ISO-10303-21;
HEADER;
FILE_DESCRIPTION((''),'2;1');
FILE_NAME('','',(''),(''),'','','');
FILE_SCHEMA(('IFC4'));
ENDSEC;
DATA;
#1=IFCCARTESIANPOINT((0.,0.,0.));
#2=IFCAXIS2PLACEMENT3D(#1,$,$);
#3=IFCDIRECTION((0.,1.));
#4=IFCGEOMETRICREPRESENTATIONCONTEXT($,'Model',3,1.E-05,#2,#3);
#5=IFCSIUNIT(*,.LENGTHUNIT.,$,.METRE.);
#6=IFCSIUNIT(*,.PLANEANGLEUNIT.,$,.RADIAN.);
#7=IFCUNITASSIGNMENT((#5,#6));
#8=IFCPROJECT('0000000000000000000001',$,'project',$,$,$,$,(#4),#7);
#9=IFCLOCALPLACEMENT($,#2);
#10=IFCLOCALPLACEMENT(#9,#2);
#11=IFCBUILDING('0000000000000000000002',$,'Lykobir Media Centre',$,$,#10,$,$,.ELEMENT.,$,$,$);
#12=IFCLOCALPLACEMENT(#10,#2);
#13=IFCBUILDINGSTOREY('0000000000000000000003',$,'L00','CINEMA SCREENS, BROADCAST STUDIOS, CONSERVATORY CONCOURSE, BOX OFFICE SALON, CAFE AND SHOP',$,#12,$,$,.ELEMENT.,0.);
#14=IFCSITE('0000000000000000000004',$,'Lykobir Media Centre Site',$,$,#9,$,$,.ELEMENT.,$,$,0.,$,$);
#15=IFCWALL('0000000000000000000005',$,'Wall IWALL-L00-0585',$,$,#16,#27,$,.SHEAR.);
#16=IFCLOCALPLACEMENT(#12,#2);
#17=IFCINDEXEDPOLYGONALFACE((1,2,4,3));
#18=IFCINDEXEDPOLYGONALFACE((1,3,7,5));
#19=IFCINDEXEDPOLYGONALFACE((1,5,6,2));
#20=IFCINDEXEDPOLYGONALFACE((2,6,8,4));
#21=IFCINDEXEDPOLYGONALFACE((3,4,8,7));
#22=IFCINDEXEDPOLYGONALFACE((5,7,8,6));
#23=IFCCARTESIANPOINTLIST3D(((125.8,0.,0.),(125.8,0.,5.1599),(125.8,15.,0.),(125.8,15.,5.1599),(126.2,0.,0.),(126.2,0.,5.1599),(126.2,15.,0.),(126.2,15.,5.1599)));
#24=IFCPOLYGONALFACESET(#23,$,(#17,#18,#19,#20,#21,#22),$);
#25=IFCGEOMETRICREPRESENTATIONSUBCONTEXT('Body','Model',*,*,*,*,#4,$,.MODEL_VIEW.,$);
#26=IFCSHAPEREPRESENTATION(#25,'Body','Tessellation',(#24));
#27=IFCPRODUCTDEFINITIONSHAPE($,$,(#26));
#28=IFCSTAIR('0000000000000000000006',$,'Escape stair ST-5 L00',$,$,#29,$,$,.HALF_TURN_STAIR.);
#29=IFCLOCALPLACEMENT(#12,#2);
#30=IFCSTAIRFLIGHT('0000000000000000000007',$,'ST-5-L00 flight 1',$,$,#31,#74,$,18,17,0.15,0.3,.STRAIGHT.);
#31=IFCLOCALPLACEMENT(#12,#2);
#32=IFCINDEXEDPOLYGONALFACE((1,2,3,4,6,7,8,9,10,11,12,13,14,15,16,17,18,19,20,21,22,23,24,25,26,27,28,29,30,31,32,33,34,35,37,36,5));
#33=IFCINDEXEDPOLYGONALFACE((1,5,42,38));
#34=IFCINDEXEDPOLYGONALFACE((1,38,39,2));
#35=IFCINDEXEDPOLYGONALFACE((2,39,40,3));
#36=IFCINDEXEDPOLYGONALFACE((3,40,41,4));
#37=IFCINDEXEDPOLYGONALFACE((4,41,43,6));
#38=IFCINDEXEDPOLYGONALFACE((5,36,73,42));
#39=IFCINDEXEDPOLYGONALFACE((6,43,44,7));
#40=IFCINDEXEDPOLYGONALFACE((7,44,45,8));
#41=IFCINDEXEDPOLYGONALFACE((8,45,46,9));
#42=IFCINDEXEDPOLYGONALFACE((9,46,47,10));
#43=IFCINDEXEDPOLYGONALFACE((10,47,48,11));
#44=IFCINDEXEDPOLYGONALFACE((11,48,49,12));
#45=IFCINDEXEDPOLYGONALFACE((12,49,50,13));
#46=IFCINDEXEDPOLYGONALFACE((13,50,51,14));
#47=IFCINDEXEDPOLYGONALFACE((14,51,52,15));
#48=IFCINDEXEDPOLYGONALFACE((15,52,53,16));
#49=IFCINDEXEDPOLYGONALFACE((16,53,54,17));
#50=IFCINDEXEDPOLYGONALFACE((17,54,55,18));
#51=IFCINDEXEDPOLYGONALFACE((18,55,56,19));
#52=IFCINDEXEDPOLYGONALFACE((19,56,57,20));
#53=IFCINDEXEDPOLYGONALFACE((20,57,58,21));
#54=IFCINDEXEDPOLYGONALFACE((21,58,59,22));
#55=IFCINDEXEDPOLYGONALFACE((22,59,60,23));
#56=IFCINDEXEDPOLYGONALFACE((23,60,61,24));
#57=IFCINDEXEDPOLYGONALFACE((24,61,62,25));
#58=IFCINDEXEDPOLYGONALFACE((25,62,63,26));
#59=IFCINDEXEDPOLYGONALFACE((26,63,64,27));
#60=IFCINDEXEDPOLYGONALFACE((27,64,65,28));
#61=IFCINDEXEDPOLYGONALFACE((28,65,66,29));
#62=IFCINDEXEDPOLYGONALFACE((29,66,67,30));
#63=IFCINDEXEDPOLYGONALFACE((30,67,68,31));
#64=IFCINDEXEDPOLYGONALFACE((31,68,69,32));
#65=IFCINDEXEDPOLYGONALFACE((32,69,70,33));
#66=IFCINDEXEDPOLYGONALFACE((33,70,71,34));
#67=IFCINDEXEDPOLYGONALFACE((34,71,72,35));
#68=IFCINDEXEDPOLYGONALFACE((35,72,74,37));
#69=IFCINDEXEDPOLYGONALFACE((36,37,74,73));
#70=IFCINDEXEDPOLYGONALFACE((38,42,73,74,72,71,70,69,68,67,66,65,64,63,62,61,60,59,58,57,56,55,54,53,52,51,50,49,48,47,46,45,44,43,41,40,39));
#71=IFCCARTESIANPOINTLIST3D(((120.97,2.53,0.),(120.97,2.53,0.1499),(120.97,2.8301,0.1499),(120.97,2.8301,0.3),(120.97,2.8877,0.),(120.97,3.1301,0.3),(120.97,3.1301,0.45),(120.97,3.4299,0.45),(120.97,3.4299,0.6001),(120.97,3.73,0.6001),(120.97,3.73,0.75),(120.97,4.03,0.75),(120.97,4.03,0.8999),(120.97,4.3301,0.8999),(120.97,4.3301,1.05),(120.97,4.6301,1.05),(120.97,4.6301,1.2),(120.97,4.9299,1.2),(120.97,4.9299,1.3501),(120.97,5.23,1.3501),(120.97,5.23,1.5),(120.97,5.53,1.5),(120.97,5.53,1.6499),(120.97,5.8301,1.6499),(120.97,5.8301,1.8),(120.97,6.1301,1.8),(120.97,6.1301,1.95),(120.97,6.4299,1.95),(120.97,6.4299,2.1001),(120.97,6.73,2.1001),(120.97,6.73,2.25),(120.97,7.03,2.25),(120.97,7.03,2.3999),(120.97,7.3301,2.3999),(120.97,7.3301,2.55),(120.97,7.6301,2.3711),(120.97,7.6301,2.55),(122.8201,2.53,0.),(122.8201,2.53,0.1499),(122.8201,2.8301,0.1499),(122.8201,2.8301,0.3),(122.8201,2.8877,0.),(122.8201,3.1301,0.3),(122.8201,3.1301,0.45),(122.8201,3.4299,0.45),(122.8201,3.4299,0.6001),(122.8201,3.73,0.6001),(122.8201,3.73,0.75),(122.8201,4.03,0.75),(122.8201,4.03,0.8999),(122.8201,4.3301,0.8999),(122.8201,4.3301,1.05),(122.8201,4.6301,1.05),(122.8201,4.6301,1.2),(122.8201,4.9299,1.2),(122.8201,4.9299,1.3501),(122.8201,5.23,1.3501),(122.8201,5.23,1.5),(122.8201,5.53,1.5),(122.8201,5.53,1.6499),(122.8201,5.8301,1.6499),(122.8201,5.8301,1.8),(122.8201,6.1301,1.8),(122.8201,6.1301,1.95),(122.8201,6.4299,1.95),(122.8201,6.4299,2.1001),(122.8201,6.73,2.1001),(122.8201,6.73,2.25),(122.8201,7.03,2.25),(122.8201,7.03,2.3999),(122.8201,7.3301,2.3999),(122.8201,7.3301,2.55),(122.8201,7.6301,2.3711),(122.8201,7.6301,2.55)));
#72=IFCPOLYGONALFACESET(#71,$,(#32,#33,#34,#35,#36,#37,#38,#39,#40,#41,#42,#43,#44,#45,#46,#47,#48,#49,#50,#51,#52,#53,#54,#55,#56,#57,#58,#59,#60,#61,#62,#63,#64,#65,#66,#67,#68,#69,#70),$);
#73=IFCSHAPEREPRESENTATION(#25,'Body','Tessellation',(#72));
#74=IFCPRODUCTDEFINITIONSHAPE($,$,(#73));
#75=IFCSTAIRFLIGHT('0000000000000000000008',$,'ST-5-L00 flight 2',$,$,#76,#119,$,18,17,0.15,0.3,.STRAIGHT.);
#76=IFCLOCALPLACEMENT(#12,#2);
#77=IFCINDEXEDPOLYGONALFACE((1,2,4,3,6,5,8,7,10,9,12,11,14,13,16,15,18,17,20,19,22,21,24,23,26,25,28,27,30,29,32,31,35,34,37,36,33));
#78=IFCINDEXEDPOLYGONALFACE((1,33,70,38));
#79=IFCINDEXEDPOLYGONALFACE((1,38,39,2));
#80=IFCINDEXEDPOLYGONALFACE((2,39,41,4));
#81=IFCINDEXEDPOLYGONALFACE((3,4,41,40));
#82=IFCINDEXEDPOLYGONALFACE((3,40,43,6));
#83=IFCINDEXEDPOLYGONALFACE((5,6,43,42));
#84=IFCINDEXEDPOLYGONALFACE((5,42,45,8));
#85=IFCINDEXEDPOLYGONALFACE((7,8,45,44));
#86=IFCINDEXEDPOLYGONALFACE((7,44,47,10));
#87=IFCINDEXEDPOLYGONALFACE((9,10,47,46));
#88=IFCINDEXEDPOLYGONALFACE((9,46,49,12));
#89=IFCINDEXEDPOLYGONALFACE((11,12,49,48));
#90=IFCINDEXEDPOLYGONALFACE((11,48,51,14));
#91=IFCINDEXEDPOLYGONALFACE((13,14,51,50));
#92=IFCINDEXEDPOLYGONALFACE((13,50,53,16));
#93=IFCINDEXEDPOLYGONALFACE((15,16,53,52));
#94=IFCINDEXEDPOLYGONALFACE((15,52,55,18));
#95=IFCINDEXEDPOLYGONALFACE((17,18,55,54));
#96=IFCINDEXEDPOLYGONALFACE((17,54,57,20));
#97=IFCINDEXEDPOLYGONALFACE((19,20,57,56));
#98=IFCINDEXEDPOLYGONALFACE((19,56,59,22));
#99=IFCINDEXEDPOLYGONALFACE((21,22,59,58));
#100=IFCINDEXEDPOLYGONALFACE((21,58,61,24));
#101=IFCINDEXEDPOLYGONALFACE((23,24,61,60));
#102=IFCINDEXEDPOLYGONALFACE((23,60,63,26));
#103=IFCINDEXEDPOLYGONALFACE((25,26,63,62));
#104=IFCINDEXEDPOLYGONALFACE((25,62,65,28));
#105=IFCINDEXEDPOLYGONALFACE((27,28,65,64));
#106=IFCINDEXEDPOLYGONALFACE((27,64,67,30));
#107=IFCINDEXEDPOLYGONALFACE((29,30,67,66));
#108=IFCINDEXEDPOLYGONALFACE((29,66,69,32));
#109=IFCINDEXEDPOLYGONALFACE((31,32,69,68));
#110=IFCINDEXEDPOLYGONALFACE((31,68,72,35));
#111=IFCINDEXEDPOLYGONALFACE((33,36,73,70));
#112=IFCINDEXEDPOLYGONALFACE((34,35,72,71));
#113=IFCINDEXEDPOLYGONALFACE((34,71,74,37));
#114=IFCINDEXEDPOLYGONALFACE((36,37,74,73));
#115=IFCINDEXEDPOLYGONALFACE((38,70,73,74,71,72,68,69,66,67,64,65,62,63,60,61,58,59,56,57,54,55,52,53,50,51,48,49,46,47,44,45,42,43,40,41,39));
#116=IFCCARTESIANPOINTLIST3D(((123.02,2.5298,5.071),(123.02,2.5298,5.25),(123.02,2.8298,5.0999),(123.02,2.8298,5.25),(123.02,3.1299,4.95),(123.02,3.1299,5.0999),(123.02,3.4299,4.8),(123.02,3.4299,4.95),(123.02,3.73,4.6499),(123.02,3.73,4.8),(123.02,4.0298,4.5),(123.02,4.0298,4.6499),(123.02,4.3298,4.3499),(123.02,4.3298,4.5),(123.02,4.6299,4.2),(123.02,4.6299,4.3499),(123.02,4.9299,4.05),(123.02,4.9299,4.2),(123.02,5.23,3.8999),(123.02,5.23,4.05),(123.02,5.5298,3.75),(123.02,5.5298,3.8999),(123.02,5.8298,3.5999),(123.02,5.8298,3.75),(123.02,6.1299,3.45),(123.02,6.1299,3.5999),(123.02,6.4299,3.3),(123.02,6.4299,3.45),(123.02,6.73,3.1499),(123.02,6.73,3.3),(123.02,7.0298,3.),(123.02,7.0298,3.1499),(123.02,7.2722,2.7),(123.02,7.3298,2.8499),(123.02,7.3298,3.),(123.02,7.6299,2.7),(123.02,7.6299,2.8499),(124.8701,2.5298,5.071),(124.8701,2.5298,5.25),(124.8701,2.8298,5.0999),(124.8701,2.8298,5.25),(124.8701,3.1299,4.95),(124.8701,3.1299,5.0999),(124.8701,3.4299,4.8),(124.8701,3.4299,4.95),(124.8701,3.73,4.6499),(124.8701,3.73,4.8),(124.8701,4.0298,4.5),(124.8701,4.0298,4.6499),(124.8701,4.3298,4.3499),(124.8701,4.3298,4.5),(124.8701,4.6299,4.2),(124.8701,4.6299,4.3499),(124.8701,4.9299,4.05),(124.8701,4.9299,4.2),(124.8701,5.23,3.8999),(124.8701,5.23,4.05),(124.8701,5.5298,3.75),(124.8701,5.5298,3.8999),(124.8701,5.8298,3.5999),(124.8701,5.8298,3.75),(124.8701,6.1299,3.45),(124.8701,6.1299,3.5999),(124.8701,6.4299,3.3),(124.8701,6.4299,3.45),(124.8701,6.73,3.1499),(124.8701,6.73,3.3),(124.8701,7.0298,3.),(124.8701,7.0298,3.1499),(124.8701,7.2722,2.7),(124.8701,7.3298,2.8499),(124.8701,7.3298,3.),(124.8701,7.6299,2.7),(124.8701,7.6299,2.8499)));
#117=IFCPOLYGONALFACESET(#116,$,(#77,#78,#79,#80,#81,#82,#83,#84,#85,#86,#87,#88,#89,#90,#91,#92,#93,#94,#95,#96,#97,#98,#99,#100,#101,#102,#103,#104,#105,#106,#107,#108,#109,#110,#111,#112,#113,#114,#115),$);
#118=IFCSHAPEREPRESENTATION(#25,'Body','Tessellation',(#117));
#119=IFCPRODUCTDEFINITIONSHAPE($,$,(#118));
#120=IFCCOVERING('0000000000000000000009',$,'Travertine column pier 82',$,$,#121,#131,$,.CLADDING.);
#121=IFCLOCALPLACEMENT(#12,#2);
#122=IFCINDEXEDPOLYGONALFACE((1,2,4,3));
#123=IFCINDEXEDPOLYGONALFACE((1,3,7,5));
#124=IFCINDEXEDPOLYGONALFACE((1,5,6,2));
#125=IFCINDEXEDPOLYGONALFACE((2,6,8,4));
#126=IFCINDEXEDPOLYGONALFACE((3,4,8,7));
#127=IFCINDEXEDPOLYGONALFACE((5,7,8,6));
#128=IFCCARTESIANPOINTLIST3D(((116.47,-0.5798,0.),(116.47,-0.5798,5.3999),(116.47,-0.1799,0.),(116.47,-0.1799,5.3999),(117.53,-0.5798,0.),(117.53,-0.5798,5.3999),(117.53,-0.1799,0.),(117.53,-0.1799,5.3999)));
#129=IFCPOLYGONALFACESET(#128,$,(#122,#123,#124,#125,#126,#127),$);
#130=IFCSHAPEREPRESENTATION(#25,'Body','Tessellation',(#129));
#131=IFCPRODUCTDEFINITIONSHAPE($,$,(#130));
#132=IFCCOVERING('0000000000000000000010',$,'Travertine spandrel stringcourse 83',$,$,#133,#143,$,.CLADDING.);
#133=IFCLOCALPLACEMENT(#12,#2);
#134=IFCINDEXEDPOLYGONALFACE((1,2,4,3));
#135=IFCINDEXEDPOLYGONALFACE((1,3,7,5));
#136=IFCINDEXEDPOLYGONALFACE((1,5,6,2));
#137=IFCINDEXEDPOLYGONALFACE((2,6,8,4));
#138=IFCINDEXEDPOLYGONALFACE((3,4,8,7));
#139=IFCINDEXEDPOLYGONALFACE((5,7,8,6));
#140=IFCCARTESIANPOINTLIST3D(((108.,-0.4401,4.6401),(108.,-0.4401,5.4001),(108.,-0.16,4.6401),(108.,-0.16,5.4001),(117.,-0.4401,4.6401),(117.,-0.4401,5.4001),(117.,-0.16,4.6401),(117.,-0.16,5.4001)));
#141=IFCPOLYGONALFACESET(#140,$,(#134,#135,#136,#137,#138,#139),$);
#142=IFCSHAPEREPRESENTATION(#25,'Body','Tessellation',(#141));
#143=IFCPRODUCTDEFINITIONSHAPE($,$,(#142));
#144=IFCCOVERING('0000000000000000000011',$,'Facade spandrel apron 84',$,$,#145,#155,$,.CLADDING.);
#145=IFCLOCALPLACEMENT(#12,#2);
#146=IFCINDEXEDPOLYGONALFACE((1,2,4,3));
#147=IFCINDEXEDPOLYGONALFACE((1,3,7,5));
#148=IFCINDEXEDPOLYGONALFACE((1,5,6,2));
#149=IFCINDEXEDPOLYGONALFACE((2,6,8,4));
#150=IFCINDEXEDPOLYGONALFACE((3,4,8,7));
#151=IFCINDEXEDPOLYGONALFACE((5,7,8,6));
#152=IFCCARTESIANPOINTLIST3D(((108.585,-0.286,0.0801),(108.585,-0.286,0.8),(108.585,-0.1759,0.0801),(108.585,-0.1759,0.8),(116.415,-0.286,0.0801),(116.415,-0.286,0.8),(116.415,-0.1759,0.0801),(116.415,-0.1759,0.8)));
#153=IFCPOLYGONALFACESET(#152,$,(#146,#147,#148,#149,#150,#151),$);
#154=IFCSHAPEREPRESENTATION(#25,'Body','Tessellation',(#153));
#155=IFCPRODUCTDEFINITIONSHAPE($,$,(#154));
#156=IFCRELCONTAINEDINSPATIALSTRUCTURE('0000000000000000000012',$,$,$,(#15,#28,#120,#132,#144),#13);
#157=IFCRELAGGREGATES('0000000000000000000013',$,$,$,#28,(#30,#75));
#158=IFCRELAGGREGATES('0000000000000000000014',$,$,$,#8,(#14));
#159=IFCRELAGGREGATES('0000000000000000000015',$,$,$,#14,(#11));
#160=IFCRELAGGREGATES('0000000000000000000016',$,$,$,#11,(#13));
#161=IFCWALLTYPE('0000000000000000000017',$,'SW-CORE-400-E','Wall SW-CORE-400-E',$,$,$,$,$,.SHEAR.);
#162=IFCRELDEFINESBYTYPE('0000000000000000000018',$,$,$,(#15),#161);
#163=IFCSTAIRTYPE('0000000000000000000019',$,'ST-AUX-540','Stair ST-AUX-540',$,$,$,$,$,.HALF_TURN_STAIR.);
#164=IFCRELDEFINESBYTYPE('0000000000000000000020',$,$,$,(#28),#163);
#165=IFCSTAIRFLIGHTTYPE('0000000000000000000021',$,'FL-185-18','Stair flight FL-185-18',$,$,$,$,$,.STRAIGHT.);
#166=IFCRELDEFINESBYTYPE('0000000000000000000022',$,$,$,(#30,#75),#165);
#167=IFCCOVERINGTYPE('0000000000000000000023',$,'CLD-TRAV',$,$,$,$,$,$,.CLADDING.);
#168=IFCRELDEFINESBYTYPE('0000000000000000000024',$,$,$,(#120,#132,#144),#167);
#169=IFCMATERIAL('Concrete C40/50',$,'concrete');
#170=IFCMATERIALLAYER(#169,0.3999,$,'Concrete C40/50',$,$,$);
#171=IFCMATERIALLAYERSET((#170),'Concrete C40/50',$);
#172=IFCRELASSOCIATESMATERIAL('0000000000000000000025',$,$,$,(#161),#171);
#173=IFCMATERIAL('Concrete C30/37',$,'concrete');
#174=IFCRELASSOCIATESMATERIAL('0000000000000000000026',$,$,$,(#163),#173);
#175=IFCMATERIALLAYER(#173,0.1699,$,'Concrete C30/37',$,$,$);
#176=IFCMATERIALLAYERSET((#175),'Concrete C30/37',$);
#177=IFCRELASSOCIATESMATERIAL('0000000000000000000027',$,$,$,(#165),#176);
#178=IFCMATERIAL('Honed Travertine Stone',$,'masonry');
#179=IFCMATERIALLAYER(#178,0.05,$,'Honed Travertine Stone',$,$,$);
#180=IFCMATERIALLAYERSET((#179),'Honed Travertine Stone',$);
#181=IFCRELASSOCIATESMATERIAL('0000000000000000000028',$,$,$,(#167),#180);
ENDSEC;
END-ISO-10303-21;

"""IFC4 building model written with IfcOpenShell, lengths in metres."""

from ifc_helpers import new_model, si_unit, direction, frame, frame_2d, origin, origin_2d, place, context, subcontext, project, spatial, polyline, rectangle, outline, extrude, material, layer, layer_set, type_object, element, aggregate, save


model = new_model("IFC4")

# Units and contexts
model_context = context("Model", 3, precision=1e-05, world=origin(), true_north=direction((0.0, 1.0)))
body_context = subcontext(model_context, "Body", "Model", "MODEL_VIEW")
ifc_project = project(units=[si_unit("LENGTHUNIT", "METRE"), si_unit("PLANEANGLEUNIT", "RADIAN")], contexts=[model_context])

# Site, building, storey
site_placement = place(None, origin())
site = spatial("IfcSite", under=ifc_project, at=site_placement, Name="Lykobir Media Centre Site", CompositionType="ELEMENT", RefElevation=0.0)
building_placement = place(site_placement, origin())
building = spatial("IfcBuilding", under=site, at=building_placement, Name="Lykobir Media Centre", CompositionType="ELEMENT")
storey_placement = place(building_placement, origin())
storey = spatial("IfcBuildingStorey", under=building, at=storey_placement, Name="L00", Description="CINEMA SCREENS, BROADCAST STUDIOS, CONSERVATORY CONCOURSE, BOX OFFICE SALON, CAFE AND SHOP", CompositionType="ELEMENT", Elevation=0.0)

# Shared definitions
ifc_material_1 = material(Name="Honed Travertine Stone", Category="masonry")
ifc_material_2 = material(Name="Concrete C40/50", Category="concrete")

# Shared definitions
ifc_material_3 = material(Name="Concrete C30/37", Category="concrete")

# Shared definitions
ifc_layer_1 = layer(ifc_material_2, 0.3999, Name="Concrete C40/50")
ifc_layer_set_1 = layer_set([ifc_layer_1], Name="Concrete C40/50")
wall_type_1 = type_object("IfcWallType", Name="SW-CORE-400-E", Description="Wall SW-CORE-400-E", PredefinedType="SHEAR", material=ifc_layer_set_1)

# Wall
wall_1_placement = place(storey_placement, frame((126.0, 0.0, 0.0), z_axis=(0.0, 0.0, 1.0), x_axis=(0.0, 1.0, 0.0)))
element("IfcWall", 1, at=wall_1_placement, inside=storey, type_object=wall_type_1, Name="Wall IWALL-L00-0585", PredefinedType="SHEAR", context=body_context, shape_type="SweptSolid", body=[
    extrude(rectangle(XDim=15.0, YDim=0.3999, at=frame_2d((7.5, 0.0))), origin(), (0.0, 0.0, 1.0), 5.1599),
])

# Stair, stair flights
stair_type = type_object("IfcStairType", Name="ST-AUX-540", Description="Stair ST-AUX-540", PredefinedType="HALF_TURN_STAIR", material=ifc_material_3)
stair_placement = place(storey_placement, origin())
stair = element("IfcStair", 2, at=stair_placement, inside=storey, type_object=stair_type, Name="Escape stair ST-5 L00", PredefinedType="HALF_TURN_STAIR")
ifc_layer_2 = layer(ifc_material_3, 0.1699, Name="Concrete C30/37")
ifc_layer_set_2 = layer_set([ifc_layer_2], Name="Concrete C30/37")
stair_flight_type = type_object("IfcStairFlightType", Name="FL-185-18", Description="Stair flight FL-185-18", PredefinedType="STRAIGHT", material=ifc_layer_set_2)
stair_flight_1_placement = place(storey_placement, frame((121.895, 2.53, 0.0), z_axis=(0.0, 0.0, 1.0), x_axis=(0.0, 1.0, 0.0)))
stair_flight_1 = element("IfcStairFlight", 3, at=stair_flight_1_placement, type_object=stair_flight_type, Name="ST-5-L00 flight 1", NumberOfRisers=18, NumberOfTreads=17, PredefinedType="STRAIGHT", RiserHeight=0.15, TreadLength=0.3, context=body_context, shape_type="SweptSolid", body=[
    extrude(outline(polyline([(0.0, 0.0), (0.0, 0.1499), (0.3, 0.1499), (0.3, 0.3), (0.6001, 0.3), (0.6001, 0.45), (0.8999, 0.45), (0.8999, 0.6001), (1.2, 0.6001), (1.2, 0.75), (1.5, 0.75), (1.5, 0.8999), (1.8, 0.8999), (1.8, 1.05), (2.1001, 1.05), (2.1001, 1.2), (2.3999, 1.2), (2.3999, 1.3501), (2.7, 1.3501), (2.7, 1.5), (3.0, 1.5), (3.0, 1.6499), (3.3, 1.6499), (3.3, 1.8), (3.6001, 1.8), (3.6001, 1.95), (3.8999, 1.95), (3.8999, 2.1001), (4.2, 2.1001), (4.2, 2.25), (4.5, 2.25), (4.5, 2.3999), (4.8, 2.3999), (4.8, 2.55), (5.1001, 2.55), (5.1001, 2.7), (5.1001, 2.3711), (0.3577, 0.0), (0.0, 0.0)])), frame((0.0, 0.925, 0.0), z_axis=(0.0, -1.0, 0.0), x_axis=(1.0, 0.0, 0.0)), (0.0, 0.0, 1.0), 1.8501),
])
stair_flight_2_placement = place(storey_placement, frame((123.9451, 7.6299, 2.7), z_axis=(0.0, 0.0, 1.0), x_axis=(0.0, -1.0, 0.0)))
stair_flight_2 = element("IfcStairFlight", 4, at=stair_flight_2_placement, type_object=stair_flight_type, Name="ST-5-L00 flight 2", NumberOfRisers=18, NumberOfTreads=17, PredefinedType="STRAIGHT", RiserHeight=0.15, TreadLength=0.3, context=body_context, shape_type="SweptSolid", body=[
    extrude(outline(polyline([(0.0, 0.0), (0.0, 0.1499), (0.3, 0.1499), (0.3, 0.3), (0.6001, 0.3), (0.6001, 0.45), (0.8999, 0.45), (0.8999, 0.6001), (1.2, 0.6001), (1.2, 0.75), (1.5, 0.75), (1.5, 0.8999), (1.8, 0.8999), (1.8, 1.05), (2.1001, 1.05), (2.1001, 1.2), (2.3999, 1.2), (2.3999, 1.3501), (2.7, 1.3501), (2.7, 1.5), (3.0, 1.5), (3.0, 1.6499), (3.3, 1.6499), (3.3, 1.8), (3.6001, 1.8), (3.6001, 1.95), (3.8999, 1.95), (3.8999, 2.1001), (4.2, 2.1001), (4.2, 2.25), (4.5, 2.25), (4.5, 2.3999), (4.8, 2.3999), (4.8, 2.55), (5.1001, 2.55), (5.1001, 2.7), (5.1001, 2.3711), (0.3577, 0.0), (0.0, 0.0)])), frame((0.0, 0.925, 0.0), z_axis=(0.0, -1.0, 0.0), x_axis=(1.0, 0.0, 0.0)), (0.0, 0.0, 1.0), 1.8501),
])
aggregate(stair, [stair_flight_1, stair_flight_2])

# Coverings
ifc_layer_3 = layer(ifc_material_1, 0.05, Name="Honed Travertine Stone")
ifc_layer_set_3 = layer_set([ifc_layer_3], Name="Honed Travertine Stone")
covering_type = type_object("IfcCoveringType", Name="CLD-TRAV", PredefinedType="CLADDING", material=ifc_layer_set_3)
covering_1_placement = place(storey_placement, frame((117.0, -0.3799, 0.0), z_axis=(0.0, 0.0, 1.0), x_axis=(1.0, 0.0, 0.0)))
element("IfcCovering", 5, at=covering_1_placement, inside=storey, type_object=covering_type, Name="Travertine column pier 82", PredefinedType="CLADDING", context=body_context, shape_type="SweptSolid", body=[
    extrude(rectangle(XDim=1.0601, YDim=0.3999, at=origin_2d()), origin(), (0.0, 0.0, 1.0), 5.3999),
])
covering_2_placement = place(storey_placement, frame((112.5, -0.3, 4.6401), z_axis=(0.0, 0.0, 1.0), x_axis=(1.0, 0.0, 0.0)))
element("IfcCovering", 6, at=covering_2_placement, inside=storey, type_object=covering_type, Name="Travertine spandrel stringcourse 83", PredefinedType="CLADDING", context=body_context, shape_type="SweptSolid", body=[
    extrude(rectangle(XDim=9.0, YDim=0.28, at=origin_2d()), origin(), (0.0, 0.0, 1.0), 0.76),
])
covering_3_placement = place(storey_placement, frame((112.5, -0.231, 0.0801), z_axis=(0.0, 0.0, 1.0), x_axis=(1.0, 0.0, 0.0)))
element("IfcCovering", 7, at=covering_3_placement, inside=storey, type_object=covering_type, Name="Facade spandrel apron 84", PredefinedType="CLADDING", context=body_context, shape_type="SweptSolid", body=[
    extrude(rectangle(XDim=7.8301, YDim=0.1101, at=origin_2d()), origin(), (0.0, 0.0, 1.0), 0.72),
])

save(model, "model.ifc")
